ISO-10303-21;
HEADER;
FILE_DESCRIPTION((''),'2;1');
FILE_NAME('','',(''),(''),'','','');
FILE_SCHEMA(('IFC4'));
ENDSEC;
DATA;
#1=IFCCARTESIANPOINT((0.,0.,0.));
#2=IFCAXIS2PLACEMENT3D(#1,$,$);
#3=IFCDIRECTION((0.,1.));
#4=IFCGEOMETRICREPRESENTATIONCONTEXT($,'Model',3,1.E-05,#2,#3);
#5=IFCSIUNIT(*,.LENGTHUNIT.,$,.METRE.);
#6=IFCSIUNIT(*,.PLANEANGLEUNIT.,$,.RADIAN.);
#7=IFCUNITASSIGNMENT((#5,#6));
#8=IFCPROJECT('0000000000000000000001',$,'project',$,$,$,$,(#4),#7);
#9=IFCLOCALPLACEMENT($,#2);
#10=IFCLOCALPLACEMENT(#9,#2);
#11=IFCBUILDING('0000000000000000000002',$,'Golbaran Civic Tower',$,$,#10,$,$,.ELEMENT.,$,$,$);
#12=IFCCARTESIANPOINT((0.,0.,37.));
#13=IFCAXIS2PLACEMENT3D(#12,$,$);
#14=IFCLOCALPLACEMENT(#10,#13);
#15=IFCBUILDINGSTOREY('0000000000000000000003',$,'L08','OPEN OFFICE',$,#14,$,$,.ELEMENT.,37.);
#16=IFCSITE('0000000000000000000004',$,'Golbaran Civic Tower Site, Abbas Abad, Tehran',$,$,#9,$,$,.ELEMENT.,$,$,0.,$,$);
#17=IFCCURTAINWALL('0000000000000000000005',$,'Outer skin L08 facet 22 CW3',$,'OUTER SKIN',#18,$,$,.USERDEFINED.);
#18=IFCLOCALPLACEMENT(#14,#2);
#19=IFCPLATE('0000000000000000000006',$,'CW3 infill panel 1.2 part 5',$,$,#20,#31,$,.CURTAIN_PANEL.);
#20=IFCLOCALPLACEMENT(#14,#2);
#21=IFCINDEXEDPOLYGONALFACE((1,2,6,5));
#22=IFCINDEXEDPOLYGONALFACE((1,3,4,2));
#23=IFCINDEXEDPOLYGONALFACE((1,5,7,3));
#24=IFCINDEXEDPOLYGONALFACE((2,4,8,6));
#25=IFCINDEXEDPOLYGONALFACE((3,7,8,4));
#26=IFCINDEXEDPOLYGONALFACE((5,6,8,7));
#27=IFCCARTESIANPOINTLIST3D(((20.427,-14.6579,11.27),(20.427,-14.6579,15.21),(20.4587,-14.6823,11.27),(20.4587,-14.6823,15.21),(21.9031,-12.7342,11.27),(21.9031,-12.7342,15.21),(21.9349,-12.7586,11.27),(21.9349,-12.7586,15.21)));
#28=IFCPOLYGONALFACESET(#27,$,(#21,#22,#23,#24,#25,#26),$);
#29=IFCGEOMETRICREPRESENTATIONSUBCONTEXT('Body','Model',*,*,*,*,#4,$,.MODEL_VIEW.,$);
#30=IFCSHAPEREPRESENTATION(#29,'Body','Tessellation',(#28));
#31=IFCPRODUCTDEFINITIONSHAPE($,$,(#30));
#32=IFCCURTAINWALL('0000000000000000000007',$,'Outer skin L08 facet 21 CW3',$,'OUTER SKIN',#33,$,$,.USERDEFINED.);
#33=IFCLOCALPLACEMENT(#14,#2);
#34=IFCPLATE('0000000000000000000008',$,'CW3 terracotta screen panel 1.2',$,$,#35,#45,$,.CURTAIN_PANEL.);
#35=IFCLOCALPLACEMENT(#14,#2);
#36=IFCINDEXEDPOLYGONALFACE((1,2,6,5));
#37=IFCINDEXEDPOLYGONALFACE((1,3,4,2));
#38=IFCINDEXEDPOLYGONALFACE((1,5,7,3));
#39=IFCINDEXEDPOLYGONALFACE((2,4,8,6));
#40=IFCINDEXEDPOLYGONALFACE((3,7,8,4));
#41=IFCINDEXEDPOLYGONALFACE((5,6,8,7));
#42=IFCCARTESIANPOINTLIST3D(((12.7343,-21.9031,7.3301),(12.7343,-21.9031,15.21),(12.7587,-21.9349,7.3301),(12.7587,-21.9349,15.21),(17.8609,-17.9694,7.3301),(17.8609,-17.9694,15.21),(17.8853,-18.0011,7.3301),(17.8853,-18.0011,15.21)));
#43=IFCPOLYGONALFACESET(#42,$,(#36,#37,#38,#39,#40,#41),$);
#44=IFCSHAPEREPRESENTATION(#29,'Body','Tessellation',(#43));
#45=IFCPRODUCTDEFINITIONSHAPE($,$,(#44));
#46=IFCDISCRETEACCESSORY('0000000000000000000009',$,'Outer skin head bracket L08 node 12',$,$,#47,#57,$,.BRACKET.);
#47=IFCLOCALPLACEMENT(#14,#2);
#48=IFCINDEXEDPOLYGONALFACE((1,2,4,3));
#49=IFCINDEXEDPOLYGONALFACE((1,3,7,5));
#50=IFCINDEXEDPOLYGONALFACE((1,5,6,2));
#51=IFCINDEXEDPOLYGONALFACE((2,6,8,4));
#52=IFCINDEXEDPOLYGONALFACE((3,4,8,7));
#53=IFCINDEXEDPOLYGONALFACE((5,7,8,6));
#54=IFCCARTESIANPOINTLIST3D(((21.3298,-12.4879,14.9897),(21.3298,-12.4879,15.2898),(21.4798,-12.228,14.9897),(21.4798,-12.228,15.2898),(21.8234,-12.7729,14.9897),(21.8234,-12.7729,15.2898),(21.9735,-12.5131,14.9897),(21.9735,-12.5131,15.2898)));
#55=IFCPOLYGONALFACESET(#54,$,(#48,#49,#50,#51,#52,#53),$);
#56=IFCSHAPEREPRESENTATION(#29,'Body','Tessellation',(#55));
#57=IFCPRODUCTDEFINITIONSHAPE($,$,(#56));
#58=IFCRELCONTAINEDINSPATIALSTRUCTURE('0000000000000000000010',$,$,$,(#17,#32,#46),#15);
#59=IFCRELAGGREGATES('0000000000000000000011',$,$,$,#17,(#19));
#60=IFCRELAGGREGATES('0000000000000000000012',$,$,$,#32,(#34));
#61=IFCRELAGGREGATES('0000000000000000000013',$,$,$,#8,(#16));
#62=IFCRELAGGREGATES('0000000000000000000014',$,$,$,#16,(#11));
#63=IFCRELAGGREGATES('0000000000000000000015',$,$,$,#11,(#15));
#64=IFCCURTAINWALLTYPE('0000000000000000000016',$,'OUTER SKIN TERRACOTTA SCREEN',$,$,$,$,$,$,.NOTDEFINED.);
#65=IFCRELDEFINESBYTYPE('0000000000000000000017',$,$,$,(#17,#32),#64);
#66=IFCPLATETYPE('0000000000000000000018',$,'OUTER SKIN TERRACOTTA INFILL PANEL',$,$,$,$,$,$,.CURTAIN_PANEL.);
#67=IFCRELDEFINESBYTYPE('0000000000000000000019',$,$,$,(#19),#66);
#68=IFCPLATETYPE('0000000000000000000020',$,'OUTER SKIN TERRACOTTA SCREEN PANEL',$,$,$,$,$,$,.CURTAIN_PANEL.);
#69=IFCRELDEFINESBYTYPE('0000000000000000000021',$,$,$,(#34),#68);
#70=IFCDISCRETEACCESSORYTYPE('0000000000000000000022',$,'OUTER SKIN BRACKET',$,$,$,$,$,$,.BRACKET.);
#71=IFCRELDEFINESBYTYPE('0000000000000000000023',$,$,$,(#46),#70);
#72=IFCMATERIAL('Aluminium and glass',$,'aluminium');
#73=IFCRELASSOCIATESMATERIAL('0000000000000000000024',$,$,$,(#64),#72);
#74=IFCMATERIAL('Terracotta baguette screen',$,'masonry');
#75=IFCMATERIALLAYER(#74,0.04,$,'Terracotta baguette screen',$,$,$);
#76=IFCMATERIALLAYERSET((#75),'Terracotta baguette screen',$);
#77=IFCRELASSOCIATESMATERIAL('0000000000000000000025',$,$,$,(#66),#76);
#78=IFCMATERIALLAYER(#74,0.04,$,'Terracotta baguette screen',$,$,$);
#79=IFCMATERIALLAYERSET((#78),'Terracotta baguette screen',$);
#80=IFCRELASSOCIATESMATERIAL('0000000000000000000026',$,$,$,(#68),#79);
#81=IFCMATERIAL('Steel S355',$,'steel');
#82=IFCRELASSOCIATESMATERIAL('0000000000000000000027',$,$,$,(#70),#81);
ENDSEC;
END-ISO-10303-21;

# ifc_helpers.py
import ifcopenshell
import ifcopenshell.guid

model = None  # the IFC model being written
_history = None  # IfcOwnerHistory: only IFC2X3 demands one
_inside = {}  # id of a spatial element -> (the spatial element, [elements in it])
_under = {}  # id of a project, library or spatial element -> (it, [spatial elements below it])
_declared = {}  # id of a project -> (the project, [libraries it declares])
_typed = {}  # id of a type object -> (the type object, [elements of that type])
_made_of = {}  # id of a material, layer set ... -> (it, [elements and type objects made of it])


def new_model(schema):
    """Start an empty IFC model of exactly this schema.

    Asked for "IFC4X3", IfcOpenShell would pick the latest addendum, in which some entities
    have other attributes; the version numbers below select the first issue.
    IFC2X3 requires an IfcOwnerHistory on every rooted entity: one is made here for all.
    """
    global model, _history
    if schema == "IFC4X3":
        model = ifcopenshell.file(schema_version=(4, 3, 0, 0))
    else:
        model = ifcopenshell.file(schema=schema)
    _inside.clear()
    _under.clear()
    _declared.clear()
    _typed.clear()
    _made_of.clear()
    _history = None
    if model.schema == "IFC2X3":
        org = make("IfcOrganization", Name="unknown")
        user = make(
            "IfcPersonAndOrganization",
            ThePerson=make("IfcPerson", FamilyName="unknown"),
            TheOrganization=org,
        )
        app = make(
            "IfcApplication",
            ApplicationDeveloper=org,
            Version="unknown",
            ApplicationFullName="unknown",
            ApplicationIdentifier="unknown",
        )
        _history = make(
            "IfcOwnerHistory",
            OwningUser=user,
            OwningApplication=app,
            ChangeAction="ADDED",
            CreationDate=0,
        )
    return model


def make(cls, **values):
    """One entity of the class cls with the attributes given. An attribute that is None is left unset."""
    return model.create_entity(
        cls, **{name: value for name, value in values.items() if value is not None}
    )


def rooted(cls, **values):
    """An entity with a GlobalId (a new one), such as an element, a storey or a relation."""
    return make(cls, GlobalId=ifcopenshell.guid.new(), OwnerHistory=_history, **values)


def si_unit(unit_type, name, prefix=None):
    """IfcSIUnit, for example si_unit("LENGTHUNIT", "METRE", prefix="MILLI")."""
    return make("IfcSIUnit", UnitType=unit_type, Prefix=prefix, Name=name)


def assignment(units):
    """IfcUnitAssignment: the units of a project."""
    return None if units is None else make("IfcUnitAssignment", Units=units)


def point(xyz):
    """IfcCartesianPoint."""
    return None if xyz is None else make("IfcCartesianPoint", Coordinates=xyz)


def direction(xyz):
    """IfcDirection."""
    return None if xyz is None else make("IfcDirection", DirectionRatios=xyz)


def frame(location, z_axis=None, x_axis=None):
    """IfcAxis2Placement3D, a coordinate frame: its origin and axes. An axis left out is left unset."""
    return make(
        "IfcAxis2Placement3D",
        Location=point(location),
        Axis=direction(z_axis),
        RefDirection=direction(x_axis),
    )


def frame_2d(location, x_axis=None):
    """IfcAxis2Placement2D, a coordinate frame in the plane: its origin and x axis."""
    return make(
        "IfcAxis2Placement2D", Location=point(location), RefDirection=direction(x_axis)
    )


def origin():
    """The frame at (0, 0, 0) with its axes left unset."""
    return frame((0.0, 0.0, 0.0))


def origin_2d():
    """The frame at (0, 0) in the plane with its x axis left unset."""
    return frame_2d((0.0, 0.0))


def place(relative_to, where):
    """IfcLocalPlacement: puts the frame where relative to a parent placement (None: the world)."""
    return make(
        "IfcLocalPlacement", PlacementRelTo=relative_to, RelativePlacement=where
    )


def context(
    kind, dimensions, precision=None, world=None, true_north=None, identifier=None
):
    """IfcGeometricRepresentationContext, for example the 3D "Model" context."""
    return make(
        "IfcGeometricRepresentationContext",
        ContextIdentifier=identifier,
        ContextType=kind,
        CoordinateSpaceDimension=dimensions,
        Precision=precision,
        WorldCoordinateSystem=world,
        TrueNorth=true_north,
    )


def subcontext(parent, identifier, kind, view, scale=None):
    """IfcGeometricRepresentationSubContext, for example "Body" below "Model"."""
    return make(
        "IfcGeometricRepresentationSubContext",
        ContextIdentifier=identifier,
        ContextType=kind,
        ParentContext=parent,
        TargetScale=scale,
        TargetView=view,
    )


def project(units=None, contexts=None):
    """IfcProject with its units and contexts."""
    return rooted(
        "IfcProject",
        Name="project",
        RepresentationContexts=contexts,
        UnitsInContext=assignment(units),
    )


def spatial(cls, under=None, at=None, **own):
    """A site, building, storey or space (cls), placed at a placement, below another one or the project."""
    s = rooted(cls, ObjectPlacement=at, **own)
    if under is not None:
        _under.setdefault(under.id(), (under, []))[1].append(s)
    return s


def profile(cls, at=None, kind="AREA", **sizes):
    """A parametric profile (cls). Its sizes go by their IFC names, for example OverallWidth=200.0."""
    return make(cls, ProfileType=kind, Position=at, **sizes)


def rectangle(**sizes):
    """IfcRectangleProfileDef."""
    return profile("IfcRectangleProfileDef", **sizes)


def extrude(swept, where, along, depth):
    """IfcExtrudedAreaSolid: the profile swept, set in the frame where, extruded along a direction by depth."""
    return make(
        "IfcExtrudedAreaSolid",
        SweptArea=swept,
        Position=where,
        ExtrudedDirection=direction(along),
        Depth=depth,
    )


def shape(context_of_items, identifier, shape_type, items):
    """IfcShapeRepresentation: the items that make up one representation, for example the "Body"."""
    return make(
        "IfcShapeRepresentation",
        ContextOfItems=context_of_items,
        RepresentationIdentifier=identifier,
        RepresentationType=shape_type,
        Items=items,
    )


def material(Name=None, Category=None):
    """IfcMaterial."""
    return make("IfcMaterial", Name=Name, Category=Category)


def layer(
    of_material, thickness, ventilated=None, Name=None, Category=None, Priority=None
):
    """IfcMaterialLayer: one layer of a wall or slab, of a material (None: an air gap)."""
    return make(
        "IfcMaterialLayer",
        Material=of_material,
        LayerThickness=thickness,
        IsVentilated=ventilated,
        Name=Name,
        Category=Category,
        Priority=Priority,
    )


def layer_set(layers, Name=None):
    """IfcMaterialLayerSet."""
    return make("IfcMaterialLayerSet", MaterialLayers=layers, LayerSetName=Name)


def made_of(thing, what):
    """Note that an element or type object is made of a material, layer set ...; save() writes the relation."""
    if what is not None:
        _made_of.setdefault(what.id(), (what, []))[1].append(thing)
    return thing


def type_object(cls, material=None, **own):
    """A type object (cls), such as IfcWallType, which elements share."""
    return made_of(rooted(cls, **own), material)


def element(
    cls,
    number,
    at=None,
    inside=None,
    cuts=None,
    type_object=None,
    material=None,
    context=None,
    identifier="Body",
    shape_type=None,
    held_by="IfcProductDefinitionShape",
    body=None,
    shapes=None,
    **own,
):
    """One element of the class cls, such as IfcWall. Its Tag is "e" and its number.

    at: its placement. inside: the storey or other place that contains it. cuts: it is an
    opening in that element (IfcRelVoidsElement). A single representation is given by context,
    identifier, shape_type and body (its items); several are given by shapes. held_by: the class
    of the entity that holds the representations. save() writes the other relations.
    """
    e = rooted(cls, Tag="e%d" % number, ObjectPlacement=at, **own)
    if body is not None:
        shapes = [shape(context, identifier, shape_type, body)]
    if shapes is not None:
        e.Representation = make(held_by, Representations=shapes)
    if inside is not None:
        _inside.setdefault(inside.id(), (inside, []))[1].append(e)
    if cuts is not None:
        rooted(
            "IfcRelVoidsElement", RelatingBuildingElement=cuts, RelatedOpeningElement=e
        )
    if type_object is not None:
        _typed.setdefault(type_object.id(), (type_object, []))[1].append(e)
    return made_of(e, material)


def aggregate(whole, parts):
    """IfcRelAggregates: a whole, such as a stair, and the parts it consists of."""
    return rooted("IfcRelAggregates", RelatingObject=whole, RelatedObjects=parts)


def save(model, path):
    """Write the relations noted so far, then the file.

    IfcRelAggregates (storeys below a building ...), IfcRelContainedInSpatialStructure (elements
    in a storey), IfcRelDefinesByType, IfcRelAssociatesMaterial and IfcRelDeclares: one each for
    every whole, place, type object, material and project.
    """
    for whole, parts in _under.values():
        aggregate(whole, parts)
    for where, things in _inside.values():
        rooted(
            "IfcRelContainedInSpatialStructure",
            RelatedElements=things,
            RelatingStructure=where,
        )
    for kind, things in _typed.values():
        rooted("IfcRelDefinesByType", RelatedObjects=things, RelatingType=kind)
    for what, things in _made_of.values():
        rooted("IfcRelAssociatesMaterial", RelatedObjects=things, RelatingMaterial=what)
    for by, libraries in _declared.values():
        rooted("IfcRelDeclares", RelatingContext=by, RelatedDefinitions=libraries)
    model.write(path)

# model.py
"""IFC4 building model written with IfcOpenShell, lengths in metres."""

from ifc_helpers import new_model, si_unit, direction, frame, origin, origin_2d, place, context, subcontext, project, spatial, rectangle, extrude, material, layer, layer_set, type_object, element, aggregate, save


model = new_model("IFC4")

# Units and contexts
model_context = context("Model", 3, precision=1e-05, world=origin(), true_north=direction((0.0, 1.0)))
body_context = subcontext(model_context, "Body", "Model", "MODEL_VIEW")
ifc_project = project(units=[si_unit("LENGTHUNIT", "METRE"), si_unit("PLANEANGLEUNIT", "RADIAN")], contexts=[model_context])

# Site, building, storey
site_placement = place(None, origin())
site = spatial("IfcSite", under=ifc_project, at=site_placement, Name="Golbaran Civic Tower Site, Abbas Abad, Tehran", CompositionType="ELEMENT", RefElevation=0.0)
building_placement = place(site_placement, origin())
building = spatial("IfcBuilding", under=site, at=building_placement, Name="Golbaran Civic Tower", CompositionType="ELEMENT")
storey_placement = place(building_placement, frame((0.0, 0.0, 37.0)))
storey = spatial("IfcBuildingStorey", under=building, at=storey_placement, Name="L08", Description="OPEN OFFICE", CompositionType="ELEMENT", Elevation=37.0)

# Curtain wall
ifc_material_1 = material(Name="Aluminium and glass", Category="aluminium")
curtain_wall_type_1 = type_object("IfcCurtainWallType", Name="OUTER SKIN TERRACOTTA SCREEN", PredefinedType="NOTDEFINED", material=ifc_material_1)
curtain_wall_1_placement = place(storey_placement, origin())
curtain_wall_1 = element("IfcCurtainWall", 1, at=curtain_wall_1_placement, inside=storey, type_object=curtain_wall_type_1, Name="Outer skin L08 facet 22 CW3", ObjectType="OUTER SKIN", PredefinedType="USERDEFINED")

# Plate
ifc_material_2 = material(Name="Terracotta baguette screen", Category="masonry")
ifc_layer_1 = layer(ifc_material_2, 0.04, Name="Terracotta baguette screen")
ifc_layer_set_1 = layer_set([ifc_layer_1], Name="Terracotta baguette screen")
plate_type_1 = type_object("IfcPlateType", Name="OUTER SKIN TERRACOTTA INFILL PANEL", PredefinedType="CURTAIN_PANEL", material=ifc_layer_set_1)
plate_1_placement = place(storey_placement, frame((21.1809, -13.7083, 11.27), z_axis=(0.0, 0.0, 1.0), x_axis=(0.608761, 0.793353, 0.0)))
plate_1 = element("IfcPlate", 2, at=plate_1_placement, type_object=plate_type_1, Name="CW3 infill panel 1.2 part 5", PredefinedType="CURTAIN_PANEL", context=body_context, shape_type="SweptSolid", body=[
    extrude(rectangle(XDim=2.4248, YDim=0.04, at=origin_2d()), origin(), (0.0, 0.0, 1.0), 3.9399),
])
aggregate(curtain_wall_1, [plate_1])

# Curtain wall, plate
curtain_wall_2_placement = place(storey_placement, origin())
curtain_wall_2 = element("IfcCurtainWall", 3, at=curtain_wall_2_placement, inside=storey, type_object=curtain_wall_type_1, Name="Outer skin L08 facet 21 CW3", ObjectType="OUTER SKIN", PredefinedType="USERDEFINED")
ifc_layer_2 = layer(ifc_material_2, 0.04, Name="Terracotta baguette screen")
ifc_layer_set_2 = layer_set([ifc_layer_2], Name="Terracotta baguette screen")
plate_type_2 = type_object("IfcPlateType", Name="OUTER SKIN TERRACOTTA SCREEN PANEL", PredefinedType="CURTAIN_PANEL", material=ifc_layer_set_2)
plate_2_placement = place(storey_placement, frame((15.3098, -19.9521, 7.3301), z_axis=(0.0, 0.0, 1.0), x_axis=(0.793353, 0.608761, 0.0)))
plate_2 = element("IfcPlate", 4, at=plate_2_placement, type_object=plate_type_2, Name="CW3 terracotta screen panel 1.2", PredefinedType="CURTAIN_PANEL", context=body_context, shape_type="SweptSolid", body=[
    extrude(rectangle(XDim=6.4619, YDim=0.04, at=origin_2d()), origin(), (0.0, 0.0, 1.0), 7.8799),
])
aggregate(curtain_wall_2, [plate_2])

# Discrete accessory
ifc_material_3 = material(Name="Steel S355", Category="steel")
discrete_accessory_type = type_object("IfcDiscreteAccessoryType", Name="OUTER SKIN BRACKET", PredefinedType="BRACKET", material=ifc_material_3)
discrete_accessory_placement = place(storey_placement, frame((21.6516, -12.5005, 14.9897), z_axis=(0.0, 0.0, 1.0), x_axis=(0.866025, -0.5, 0.0)))
element("IfcDiscreteAccessory", 5, at=discrete_accessory_placement, inside=storey, type_object=discrete_accessory_type, Name="Outer skin head bracket L08 node 12", PredefinedType="BRACKET", context=body_context, shape_type="SweptSolid", body=[
    extrude(rectangle(XDim=0.5701, YDim=0.3, at=origin_2d()), origin(), (0.0, 0.0, 1.0), 0.3),
])

save(model, "model.ifc")
